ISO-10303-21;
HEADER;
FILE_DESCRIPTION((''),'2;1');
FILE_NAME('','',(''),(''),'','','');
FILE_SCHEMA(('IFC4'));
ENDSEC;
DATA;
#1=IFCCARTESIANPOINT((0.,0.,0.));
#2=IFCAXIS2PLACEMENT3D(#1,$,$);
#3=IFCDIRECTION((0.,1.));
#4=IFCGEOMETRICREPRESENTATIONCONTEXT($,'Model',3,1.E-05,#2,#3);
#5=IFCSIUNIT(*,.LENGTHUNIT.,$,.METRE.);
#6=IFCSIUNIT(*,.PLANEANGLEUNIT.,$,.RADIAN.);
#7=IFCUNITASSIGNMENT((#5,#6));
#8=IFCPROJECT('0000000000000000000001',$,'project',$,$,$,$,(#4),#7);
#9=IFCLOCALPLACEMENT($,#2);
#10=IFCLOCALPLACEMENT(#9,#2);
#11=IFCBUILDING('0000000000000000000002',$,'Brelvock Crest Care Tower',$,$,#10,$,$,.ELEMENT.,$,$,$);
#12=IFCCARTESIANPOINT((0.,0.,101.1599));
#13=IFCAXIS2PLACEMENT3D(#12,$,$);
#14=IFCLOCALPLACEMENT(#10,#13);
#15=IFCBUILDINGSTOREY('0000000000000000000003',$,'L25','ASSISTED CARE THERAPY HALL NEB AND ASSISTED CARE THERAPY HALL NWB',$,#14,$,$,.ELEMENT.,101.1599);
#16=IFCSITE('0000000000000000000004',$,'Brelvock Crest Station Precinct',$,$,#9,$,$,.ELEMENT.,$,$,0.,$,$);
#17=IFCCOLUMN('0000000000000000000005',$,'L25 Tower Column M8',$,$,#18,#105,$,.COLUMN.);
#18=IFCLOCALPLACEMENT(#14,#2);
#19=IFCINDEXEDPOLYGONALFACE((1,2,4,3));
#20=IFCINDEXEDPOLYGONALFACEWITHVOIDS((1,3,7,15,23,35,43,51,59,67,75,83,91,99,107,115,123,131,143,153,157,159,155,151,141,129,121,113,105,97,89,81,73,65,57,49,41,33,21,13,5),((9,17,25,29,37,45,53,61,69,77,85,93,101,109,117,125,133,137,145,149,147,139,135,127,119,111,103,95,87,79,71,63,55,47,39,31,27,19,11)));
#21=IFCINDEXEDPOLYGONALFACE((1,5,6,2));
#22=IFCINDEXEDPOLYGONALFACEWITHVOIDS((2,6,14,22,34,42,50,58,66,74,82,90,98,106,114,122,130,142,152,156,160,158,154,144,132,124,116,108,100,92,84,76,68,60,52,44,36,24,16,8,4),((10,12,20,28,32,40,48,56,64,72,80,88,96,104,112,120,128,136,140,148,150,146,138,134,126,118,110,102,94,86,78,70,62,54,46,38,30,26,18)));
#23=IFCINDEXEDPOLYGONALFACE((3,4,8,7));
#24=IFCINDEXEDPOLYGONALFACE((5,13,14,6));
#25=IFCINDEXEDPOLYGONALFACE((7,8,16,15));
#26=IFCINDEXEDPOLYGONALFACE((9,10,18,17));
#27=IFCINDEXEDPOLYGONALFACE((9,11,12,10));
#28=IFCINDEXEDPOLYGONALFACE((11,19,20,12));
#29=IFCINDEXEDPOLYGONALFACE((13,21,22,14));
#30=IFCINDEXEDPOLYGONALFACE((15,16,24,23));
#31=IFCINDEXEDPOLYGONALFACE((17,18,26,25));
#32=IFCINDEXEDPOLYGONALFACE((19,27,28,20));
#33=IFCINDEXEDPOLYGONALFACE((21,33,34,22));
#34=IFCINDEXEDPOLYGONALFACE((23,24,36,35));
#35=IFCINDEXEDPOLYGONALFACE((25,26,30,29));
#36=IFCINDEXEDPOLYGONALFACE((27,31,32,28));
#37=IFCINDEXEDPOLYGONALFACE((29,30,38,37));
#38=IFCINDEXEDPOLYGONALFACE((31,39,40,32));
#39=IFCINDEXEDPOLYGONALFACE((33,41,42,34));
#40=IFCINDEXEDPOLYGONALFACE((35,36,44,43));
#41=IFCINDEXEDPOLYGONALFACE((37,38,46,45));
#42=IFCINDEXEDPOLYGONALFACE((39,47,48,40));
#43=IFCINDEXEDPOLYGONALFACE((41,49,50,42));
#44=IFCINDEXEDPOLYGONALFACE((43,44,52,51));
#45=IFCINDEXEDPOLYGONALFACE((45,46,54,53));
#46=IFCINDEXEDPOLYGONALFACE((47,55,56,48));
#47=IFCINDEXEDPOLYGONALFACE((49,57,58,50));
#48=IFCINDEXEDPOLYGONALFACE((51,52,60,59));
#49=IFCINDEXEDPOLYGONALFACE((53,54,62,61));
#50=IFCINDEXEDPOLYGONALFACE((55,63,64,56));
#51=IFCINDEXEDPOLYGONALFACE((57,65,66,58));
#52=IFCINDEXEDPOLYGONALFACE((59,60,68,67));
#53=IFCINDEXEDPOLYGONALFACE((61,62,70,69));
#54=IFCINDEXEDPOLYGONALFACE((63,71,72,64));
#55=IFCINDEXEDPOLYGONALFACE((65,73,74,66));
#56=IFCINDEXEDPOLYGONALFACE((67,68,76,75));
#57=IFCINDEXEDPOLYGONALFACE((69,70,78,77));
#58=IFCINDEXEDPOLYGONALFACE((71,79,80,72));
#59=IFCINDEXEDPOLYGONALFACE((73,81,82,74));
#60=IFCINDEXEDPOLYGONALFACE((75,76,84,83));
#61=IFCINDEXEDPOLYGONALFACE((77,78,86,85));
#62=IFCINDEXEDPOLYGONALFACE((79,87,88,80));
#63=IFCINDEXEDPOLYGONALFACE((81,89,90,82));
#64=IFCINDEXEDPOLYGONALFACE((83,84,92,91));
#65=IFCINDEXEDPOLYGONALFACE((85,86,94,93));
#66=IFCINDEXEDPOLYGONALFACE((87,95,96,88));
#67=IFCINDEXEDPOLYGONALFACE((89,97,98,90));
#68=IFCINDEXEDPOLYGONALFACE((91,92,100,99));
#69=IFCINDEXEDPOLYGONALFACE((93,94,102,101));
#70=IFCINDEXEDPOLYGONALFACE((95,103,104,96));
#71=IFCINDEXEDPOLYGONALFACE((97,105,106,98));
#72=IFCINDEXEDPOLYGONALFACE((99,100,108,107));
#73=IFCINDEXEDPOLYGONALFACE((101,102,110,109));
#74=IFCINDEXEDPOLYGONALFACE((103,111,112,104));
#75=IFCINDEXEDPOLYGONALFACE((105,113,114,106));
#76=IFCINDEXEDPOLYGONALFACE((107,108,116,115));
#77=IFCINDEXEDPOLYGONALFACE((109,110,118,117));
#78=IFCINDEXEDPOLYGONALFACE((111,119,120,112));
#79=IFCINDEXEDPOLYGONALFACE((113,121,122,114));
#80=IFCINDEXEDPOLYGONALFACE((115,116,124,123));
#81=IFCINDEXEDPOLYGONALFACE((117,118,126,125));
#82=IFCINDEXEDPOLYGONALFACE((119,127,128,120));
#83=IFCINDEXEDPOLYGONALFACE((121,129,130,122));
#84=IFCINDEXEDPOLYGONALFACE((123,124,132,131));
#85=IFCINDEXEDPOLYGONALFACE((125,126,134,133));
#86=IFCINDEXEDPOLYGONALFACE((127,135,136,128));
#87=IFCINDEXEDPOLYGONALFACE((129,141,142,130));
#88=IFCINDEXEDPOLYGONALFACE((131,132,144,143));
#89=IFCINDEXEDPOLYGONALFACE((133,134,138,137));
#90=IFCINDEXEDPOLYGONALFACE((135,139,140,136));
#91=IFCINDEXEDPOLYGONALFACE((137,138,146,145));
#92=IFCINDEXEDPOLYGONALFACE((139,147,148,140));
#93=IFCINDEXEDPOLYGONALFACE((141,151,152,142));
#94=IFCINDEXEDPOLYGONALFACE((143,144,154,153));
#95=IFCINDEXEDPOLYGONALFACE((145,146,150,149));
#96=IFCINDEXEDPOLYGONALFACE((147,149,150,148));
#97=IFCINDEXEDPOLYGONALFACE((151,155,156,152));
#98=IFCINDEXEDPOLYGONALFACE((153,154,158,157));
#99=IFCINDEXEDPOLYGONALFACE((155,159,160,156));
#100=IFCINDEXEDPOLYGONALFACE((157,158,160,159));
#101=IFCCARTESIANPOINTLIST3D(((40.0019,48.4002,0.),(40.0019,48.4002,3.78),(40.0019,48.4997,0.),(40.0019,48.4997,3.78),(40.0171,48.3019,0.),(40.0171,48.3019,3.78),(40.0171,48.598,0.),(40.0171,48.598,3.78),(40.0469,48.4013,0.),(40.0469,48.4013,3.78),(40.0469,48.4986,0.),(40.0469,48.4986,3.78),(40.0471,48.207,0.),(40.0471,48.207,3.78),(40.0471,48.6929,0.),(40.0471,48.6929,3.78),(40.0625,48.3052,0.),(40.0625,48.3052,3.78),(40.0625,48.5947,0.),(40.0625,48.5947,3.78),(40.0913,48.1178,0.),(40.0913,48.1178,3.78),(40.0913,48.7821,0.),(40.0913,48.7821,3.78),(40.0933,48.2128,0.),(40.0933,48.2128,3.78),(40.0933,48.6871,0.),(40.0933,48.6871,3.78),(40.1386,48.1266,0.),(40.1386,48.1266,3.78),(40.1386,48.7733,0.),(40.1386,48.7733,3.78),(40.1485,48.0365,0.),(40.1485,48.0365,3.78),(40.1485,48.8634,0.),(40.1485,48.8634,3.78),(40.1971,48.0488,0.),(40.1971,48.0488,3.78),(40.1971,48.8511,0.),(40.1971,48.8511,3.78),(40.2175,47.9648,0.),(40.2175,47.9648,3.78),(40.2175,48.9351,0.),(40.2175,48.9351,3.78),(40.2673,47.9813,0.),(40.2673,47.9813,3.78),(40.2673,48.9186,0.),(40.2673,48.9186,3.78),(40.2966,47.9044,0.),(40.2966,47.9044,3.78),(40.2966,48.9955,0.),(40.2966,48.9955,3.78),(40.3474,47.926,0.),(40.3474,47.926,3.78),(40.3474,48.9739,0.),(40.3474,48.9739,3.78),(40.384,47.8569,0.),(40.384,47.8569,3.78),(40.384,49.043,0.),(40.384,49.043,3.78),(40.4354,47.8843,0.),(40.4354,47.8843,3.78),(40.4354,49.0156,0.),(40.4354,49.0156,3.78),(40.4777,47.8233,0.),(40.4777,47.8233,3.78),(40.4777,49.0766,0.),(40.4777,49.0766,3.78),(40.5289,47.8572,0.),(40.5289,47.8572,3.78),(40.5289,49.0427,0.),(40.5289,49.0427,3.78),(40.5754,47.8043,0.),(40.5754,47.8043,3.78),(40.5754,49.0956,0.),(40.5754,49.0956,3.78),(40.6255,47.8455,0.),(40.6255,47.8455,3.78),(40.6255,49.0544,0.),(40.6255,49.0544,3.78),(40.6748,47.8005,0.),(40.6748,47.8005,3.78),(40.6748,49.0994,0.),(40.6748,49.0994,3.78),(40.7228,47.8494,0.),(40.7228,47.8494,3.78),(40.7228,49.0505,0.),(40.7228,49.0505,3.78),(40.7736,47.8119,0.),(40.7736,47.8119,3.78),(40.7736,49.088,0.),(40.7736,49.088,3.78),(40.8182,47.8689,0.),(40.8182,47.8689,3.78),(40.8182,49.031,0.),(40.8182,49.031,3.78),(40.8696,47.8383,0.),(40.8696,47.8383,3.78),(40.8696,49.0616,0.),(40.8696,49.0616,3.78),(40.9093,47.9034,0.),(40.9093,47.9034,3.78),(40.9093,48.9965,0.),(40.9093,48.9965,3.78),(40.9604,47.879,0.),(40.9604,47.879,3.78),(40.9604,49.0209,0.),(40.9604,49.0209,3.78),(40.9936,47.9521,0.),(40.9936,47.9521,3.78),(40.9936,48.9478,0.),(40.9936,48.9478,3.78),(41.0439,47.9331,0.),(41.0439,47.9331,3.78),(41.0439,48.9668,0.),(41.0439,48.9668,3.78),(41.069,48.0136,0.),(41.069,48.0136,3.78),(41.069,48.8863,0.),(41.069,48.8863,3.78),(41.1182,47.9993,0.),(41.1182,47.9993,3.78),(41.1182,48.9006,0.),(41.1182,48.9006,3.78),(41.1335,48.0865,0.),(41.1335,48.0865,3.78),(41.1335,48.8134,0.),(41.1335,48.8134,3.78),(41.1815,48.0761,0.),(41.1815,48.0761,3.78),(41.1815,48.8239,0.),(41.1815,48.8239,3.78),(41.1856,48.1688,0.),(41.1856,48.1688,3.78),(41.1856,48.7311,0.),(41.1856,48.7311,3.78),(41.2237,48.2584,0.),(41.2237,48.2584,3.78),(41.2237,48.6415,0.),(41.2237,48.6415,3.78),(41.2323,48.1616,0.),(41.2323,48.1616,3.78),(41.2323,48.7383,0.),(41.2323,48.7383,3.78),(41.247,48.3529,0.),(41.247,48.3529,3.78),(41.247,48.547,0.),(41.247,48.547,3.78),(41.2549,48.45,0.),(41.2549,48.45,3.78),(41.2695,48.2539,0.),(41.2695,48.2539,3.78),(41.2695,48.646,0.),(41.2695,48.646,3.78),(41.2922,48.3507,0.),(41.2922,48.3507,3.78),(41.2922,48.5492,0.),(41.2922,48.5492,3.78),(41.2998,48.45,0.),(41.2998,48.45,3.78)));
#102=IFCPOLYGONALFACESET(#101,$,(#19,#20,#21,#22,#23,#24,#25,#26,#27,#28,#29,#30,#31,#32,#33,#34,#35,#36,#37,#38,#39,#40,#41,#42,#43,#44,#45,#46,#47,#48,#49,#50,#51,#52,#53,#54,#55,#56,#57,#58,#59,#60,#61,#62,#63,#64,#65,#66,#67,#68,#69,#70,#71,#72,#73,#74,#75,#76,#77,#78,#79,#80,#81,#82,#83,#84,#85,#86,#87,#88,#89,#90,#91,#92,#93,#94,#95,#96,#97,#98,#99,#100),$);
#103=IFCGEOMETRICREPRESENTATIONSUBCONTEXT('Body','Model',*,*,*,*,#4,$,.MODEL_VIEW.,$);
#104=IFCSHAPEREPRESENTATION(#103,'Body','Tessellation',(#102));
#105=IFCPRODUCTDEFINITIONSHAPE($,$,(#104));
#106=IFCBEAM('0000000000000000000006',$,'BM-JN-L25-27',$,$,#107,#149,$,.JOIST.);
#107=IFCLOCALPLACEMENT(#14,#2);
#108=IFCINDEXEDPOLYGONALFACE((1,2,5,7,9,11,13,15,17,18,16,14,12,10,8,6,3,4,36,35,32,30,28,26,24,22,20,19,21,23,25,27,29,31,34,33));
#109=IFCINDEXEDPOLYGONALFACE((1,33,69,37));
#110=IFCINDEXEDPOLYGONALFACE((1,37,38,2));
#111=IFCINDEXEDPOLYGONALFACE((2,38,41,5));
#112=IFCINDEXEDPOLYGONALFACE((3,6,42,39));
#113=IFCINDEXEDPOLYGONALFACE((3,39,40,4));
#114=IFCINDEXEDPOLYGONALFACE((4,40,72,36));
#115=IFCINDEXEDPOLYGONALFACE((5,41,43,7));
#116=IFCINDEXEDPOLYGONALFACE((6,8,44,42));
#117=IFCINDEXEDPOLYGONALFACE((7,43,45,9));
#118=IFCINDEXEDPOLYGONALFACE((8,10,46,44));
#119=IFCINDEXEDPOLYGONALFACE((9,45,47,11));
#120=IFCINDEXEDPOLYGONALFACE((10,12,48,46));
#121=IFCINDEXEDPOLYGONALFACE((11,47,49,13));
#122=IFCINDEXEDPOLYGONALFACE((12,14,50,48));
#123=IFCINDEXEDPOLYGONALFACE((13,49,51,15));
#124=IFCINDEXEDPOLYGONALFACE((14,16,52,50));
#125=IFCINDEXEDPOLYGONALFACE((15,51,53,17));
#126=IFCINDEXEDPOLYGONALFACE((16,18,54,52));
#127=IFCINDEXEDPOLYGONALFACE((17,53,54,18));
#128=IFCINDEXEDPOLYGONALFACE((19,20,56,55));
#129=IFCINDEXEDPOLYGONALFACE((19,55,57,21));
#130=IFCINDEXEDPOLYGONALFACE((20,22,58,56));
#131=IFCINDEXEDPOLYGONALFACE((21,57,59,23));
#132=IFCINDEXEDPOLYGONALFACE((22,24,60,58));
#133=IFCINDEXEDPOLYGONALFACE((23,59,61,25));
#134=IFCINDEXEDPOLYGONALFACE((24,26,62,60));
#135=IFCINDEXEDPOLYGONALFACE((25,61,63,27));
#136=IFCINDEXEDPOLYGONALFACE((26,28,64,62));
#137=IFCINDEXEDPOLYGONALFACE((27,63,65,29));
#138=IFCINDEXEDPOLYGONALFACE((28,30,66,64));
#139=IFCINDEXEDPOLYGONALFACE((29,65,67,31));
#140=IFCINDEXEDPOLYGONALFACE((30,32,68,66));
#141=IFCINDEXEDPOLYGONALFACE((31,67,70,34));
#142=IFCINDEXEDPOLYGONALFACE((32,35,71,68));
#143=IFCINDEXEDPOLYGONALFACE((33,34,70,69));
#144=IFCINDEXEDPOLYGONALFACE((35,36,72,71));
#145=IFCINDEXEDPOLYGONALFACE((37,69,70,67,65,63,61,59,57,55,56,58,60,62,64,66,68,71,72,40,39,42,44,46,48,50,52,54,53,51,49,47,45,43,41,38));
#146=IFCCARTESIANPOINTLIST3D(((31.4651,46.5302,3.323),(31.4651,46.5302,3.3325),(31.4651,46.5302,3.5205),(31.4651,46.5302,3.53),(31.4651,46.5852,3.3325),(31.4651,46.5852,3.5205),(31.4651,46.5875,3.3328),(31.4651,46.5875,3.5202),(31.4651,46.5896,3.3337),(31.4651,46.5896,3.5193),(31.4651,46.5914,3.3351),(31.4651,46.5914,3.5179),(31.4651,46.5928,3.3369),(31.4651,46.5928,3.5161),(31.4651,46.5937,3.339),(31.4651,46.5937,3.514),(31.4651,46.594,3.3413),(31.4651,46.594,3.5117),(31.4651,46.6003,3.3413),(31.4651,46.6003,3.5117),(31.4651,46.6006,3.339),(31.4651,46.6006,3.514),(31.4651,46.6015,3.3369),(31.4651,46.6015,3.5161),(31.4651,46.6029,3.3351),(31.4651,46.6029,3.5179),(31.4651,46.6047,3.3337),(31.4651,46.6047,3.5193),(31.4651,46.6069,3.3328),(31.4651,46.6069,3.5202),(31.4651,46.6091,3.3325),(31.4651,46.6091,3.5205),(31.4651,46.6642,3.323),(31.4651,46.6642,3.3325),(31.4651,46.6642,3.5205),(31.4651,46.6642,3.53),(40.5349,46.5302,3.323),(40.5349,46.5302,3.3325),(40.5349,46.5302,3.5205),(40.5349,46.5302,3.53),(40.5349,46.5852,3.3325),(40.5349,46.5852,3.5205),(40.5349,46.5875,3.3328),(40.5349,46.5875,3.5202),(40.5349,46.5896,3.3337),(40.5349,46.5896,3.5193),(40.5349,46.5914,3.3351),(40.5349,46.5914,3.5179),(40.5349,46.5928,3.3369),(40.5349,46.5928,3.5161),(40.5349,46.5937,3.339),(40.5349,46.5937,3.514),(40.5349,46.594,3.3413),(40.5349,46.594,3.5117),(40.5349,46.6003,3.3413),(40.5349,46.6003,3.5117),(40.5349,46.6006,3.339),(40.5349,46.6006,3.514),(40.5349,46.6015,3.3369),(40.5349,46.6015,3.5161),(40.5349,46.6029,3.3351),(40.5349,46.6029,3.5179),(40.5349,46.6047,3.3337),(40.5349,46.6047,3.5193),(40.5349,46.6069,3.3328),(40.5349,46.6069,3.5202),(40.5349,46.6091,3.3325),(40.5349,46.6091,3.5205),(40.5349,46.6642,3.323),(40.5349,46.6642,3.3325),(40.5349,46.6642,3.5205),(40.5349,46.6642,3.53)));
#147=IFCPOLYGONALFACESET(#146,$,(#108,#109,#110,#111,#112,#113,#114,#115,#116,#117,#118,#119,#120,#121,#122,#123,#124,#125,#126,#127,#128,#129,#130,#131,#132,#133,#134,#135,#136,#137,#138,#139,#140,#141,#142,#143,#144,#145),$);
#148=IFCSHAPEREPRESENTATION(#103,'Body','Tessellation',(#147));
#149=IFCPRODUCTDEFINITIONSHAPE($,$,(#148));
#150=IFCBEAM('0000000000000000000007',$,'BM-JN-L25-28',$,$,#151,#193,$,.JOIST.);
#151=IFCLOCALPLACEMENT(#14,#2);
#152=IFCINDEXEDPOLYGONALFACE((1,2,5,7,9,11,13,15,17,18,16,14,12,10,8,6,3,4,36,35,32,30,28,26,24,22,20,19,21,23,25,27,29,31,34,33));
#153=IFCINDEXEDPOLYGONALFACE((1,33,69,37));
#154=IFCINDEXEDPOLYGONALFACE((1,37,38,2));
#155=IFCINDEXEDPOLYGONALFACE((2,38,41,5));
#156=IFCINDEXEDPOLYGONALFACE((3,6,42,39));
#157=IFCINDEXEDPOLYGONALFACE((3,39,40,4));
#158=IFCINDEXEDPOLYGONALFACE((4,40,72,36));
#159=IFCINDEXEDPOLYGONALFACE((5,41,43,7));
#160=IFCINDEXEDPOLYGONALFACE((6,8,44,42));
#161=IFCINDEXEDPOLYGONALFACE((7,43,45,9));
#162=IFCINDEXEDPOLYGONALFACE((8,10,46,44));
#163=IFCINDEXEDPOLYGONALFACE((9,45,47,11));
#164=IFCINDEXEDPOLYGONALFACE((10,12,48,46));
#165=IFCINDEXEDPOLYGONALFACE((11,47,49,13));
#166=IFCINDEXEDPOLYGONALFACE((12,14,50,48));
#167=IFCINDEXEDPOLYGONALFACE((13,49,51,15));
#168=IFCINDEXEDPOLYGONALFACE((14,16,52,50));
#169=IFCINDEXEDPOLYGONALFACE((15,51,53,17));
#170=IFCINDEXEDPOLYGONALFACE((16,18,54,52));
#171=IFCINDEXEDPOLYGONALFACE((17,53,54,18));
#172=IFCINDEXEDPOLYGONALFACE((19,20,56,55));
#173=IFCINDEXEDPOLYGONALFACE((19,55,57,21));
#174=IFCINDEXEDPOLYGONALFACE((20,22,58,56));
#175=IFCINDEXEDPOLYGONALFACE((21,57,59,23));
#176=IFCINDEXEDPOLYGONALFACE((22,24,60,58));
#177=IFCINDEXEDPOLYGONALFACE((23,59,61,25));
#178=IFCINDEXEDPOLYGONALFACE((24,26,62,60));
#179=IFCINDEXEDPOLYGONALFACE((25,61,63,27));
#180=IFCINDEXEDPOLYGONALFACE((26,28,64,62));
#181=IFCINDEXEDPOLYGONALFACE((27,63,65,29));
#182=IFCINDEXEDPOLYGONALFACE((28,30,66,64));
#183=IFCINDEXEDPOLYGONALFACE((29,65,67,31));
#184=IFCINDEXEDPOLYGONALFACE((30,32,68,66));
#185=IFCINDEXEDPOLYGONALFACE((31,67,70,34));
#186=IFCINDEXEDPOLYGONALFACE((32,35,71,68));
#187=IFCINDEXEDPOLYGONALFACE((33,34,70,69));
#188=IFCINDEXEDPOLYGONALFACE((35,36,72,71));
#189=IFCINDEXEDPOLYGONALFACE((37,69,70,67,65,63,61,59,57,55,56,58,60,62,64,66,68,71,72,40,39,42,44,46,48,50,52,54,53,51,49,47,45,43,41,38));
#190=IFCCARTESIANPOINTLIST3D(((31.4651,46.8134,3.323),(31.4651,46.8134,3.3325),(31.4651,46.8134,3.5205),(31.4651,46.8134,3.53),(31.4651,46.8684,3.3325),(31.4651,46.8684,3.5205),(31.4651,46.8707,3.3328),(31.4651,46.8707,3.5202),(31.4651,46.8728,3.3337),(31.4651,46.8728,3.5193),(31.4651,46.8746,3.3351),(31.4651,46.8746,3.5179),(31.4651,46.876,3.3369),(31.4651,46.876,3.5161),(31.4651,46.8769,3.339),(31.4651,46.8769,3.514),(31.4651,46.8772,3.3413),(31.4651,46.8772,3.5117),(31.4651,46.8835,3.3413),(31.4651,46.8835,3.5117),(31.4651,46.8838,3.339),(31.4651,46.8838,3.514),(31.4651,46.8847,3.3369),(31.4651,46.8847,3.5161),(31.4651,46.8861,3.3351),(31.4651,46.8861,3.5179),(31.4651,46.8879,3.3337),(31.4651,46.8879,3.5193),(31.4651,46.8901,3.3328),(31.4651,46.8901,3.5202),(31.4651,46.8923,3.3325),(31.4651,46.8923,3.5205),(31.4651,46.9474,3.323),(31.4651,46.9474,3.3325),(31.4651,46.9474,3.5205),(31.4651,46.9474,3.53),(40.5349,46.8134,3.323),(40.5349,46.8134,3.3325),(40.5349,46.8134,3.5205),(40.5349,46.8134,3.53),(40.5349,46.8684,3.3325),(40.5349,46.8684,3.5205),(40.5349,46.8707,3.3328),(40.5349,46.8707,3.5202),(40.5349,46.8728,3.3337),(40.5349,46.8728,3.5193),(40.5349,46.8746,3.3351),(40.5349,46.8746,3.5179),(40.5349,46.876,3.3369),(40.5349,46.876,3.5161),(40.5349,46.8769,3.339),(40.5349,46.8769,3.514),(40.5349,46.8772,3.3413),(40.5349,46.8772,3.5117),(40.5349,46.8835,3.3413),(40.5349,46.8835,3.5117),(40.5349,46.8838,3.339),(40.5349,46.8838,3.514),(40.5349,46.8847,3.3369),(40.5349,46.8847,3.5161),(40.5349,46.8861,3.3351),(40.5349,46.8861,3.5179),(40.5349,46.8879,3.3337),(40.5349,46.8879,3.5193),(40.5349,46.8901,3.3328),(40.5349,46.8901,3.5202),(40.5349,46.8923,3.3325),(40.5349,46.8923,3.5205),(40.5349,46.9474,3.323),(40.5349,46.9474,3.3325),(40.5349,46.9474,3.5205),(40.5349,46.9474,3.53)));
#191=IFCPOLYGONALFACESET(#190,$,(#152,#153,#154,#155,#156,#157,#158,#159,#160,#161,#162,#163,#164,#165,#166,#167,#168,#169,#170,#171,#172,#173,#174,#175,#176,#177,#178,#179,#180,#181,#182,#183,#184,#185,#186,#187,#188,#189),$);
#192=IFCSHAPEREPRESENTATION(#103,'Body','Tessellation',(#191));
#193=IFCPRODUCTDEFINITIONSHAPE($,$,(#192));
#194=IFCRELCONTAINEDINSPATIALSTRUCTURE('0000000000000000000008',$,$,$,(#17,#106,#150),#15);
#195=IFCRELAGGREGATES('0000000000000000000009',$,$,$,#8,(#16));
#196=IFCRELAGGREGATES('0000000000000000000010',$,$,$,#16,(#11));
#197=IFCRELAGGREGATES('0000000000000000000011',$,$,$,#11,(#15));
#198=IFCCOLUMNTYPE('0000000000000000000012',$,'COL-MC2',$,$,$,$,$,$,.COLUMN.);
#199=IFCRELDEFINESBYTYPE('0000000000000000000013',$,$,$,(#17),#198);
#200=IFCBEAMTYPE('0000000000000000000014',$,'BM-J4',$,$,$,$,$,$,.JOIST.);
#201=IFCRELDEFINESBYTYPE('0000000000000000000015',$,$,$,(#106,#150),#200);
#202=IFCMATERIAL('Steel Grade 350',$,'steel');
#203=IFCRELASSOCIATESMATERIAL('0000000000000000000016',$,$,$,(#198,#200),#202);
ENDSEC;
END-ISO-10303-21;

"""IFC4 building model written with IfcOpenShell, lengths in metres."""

from ifc_helpers import new_model, si_unit, direction, frame, origin, origin_2d, place, context, subcontext, project, spatial, hollow_circle, i_section, extrude, source, transform, mapped, material, material_profile, profile_set, type_object, element, save


model = new_model("IFC4")

# Units and contexts
model_context = context("Model", 3, precision=1e-05, world=origin(), true_north=direction((0.0, 1.0)))
body_context = subcontext(model_context, "Body", "Model", "MODEL_VIEW")
ifc_project = project(units=[si_unit("LENGTHUNIT", "METRE"), si_unit("PLANEANGLEUNIT", "RADIAN")], contexts=[model_context])

# Site, building, storey
site_placement = place(None, origin())
site = spatial("IfcSite", under=ifc_project, at=site_placement, Name="Brelvock Crest Station Precinct", CompositionType="ELEMENT", RefElevation=0.0)
building_placement = place(site_placement, origin())
building = spatial("IfcBuilding", under=site, at=building_placement, Name="Brelvock Crest Care Tower", CompositionType="ELEMENT")
storey_placement = place(building_placement, frame((0.0, 0.0, 101.1599)))
storey = spatial("IfcBuildingStorey", under=building, at=storey_placement, Name="L25", Description="ASSISTED CARE THERAPY HALL NEB AND ASSISTED CARE THERAPY HALL NWB", CompositionType="ELEMENT", Elevation=101.1599)

# Column
ifc_material_1 = material(Name="Steel Grade 350", Category="steel")
ifc_material_profile_1 = material_profile(ifc_material_1, hollow_circle(Radius=0.6499, WallThickness=0.0449, at=origin_2d()), Name="CFT1300x45")
ifc_profile_set_1 = profile_set([ifc_material_profile_1], Name="Steel Grade 350")
column_type = type_object("IfcColumnType", Name="COL-MC2", PredefinedType="COLUMN", material=ifc_profile_set_1)
shared_shape_1 = source(origin(), body_context, "Body", "SweptSolid", [
    extrude(hollow_circle(Radius=0.6499, WallThickness=0.0449, at=origin_2d()), origin(), (0.0, 0.0, 1.0), 3.78),
])
column_placement = place(storey_placement, frame((40.6499, 48.45, 0.0), z_axis=(0.0, 0.0, 1.0), x_axis=(1.0, 0.0, 0.0)))
element("IfcColumn", 1, at=column_placement, inside=storey, type_object=column_type, Name="L25 Tower Column M8", PredefinedType="COLUMN", context=body_context, shape_type="MappedRepresentation", body=[
    mapped(shared_shape_1, transform((0.0, 0.0, 0.0), x_axis=(1.0, 0.0, 0.0), y_axis=(0.0, 1.0, 0.0), z_axis=(0.0, 0.0, 1.0), scale=1.0)),
])

# Beams
ifc_material_profile_2 = material_profile(ifc_material_1, i_section(OverallWidth=0.134, OverallDepth=0.207, WebThickness=0.0063, FlangeThickness=0.0095, FilletRadius=0.0088, at=origin_2d()), Name="200UB29.8")
ifc_profile_set_2 = profile_set([ifc_material_profile_2], Name="Steel Grade 350")
beam_type_1 = type_object("IfcBeamType", Name="BM-J4", PredefinedType="JOIST", material=ifc_profile_set_2)
shared_shape_2 = source(origin(), body_context, "Body", "SweptSolid", [
    extrude(i_section(OverallWidth=0.134, OverallDepth=0.207, WebThickness=0.0063, FlangeThickness=0.0095, FilletRadius=0.0088, at=origin_2d()), origin(), (0.0, 0.0, 1.0), 9.0698),
])
for number, where, z_axis, x_axis, name in (
    (2, (31.4651, 46.5972, 3.4265), (1.0, 0.0, 0.0), (0.0, 1.0, 0.0), "BM-JN-L25-27"),
    (3, (31.4651, 46.8804, 3.4265), (1.0, 0.0, 0.0), (0.0, 1.0, 0.0), "BM-JN-L25-28"),
):
    element("IfcBeam", number, at=place(storey_placement, frame(where, z_axis=z_axis, x_axis=x_axis)), inside=storey, type_object=beam_type_1, Name=name, PredefinedType="JOIST", context=body_context, shape_type="MappedRepresentation", body=[
        mapped(shared_shape_2, transform((0.0, 0.0, 0.0), x_axis=(1.0, 0.0, 0.0), y_axis=(0.0, 1.0, 0.0), z_axis=(0.0, 0.0, 1.0), scale=1.0)),
    ])

save(model, "model.ifc")
